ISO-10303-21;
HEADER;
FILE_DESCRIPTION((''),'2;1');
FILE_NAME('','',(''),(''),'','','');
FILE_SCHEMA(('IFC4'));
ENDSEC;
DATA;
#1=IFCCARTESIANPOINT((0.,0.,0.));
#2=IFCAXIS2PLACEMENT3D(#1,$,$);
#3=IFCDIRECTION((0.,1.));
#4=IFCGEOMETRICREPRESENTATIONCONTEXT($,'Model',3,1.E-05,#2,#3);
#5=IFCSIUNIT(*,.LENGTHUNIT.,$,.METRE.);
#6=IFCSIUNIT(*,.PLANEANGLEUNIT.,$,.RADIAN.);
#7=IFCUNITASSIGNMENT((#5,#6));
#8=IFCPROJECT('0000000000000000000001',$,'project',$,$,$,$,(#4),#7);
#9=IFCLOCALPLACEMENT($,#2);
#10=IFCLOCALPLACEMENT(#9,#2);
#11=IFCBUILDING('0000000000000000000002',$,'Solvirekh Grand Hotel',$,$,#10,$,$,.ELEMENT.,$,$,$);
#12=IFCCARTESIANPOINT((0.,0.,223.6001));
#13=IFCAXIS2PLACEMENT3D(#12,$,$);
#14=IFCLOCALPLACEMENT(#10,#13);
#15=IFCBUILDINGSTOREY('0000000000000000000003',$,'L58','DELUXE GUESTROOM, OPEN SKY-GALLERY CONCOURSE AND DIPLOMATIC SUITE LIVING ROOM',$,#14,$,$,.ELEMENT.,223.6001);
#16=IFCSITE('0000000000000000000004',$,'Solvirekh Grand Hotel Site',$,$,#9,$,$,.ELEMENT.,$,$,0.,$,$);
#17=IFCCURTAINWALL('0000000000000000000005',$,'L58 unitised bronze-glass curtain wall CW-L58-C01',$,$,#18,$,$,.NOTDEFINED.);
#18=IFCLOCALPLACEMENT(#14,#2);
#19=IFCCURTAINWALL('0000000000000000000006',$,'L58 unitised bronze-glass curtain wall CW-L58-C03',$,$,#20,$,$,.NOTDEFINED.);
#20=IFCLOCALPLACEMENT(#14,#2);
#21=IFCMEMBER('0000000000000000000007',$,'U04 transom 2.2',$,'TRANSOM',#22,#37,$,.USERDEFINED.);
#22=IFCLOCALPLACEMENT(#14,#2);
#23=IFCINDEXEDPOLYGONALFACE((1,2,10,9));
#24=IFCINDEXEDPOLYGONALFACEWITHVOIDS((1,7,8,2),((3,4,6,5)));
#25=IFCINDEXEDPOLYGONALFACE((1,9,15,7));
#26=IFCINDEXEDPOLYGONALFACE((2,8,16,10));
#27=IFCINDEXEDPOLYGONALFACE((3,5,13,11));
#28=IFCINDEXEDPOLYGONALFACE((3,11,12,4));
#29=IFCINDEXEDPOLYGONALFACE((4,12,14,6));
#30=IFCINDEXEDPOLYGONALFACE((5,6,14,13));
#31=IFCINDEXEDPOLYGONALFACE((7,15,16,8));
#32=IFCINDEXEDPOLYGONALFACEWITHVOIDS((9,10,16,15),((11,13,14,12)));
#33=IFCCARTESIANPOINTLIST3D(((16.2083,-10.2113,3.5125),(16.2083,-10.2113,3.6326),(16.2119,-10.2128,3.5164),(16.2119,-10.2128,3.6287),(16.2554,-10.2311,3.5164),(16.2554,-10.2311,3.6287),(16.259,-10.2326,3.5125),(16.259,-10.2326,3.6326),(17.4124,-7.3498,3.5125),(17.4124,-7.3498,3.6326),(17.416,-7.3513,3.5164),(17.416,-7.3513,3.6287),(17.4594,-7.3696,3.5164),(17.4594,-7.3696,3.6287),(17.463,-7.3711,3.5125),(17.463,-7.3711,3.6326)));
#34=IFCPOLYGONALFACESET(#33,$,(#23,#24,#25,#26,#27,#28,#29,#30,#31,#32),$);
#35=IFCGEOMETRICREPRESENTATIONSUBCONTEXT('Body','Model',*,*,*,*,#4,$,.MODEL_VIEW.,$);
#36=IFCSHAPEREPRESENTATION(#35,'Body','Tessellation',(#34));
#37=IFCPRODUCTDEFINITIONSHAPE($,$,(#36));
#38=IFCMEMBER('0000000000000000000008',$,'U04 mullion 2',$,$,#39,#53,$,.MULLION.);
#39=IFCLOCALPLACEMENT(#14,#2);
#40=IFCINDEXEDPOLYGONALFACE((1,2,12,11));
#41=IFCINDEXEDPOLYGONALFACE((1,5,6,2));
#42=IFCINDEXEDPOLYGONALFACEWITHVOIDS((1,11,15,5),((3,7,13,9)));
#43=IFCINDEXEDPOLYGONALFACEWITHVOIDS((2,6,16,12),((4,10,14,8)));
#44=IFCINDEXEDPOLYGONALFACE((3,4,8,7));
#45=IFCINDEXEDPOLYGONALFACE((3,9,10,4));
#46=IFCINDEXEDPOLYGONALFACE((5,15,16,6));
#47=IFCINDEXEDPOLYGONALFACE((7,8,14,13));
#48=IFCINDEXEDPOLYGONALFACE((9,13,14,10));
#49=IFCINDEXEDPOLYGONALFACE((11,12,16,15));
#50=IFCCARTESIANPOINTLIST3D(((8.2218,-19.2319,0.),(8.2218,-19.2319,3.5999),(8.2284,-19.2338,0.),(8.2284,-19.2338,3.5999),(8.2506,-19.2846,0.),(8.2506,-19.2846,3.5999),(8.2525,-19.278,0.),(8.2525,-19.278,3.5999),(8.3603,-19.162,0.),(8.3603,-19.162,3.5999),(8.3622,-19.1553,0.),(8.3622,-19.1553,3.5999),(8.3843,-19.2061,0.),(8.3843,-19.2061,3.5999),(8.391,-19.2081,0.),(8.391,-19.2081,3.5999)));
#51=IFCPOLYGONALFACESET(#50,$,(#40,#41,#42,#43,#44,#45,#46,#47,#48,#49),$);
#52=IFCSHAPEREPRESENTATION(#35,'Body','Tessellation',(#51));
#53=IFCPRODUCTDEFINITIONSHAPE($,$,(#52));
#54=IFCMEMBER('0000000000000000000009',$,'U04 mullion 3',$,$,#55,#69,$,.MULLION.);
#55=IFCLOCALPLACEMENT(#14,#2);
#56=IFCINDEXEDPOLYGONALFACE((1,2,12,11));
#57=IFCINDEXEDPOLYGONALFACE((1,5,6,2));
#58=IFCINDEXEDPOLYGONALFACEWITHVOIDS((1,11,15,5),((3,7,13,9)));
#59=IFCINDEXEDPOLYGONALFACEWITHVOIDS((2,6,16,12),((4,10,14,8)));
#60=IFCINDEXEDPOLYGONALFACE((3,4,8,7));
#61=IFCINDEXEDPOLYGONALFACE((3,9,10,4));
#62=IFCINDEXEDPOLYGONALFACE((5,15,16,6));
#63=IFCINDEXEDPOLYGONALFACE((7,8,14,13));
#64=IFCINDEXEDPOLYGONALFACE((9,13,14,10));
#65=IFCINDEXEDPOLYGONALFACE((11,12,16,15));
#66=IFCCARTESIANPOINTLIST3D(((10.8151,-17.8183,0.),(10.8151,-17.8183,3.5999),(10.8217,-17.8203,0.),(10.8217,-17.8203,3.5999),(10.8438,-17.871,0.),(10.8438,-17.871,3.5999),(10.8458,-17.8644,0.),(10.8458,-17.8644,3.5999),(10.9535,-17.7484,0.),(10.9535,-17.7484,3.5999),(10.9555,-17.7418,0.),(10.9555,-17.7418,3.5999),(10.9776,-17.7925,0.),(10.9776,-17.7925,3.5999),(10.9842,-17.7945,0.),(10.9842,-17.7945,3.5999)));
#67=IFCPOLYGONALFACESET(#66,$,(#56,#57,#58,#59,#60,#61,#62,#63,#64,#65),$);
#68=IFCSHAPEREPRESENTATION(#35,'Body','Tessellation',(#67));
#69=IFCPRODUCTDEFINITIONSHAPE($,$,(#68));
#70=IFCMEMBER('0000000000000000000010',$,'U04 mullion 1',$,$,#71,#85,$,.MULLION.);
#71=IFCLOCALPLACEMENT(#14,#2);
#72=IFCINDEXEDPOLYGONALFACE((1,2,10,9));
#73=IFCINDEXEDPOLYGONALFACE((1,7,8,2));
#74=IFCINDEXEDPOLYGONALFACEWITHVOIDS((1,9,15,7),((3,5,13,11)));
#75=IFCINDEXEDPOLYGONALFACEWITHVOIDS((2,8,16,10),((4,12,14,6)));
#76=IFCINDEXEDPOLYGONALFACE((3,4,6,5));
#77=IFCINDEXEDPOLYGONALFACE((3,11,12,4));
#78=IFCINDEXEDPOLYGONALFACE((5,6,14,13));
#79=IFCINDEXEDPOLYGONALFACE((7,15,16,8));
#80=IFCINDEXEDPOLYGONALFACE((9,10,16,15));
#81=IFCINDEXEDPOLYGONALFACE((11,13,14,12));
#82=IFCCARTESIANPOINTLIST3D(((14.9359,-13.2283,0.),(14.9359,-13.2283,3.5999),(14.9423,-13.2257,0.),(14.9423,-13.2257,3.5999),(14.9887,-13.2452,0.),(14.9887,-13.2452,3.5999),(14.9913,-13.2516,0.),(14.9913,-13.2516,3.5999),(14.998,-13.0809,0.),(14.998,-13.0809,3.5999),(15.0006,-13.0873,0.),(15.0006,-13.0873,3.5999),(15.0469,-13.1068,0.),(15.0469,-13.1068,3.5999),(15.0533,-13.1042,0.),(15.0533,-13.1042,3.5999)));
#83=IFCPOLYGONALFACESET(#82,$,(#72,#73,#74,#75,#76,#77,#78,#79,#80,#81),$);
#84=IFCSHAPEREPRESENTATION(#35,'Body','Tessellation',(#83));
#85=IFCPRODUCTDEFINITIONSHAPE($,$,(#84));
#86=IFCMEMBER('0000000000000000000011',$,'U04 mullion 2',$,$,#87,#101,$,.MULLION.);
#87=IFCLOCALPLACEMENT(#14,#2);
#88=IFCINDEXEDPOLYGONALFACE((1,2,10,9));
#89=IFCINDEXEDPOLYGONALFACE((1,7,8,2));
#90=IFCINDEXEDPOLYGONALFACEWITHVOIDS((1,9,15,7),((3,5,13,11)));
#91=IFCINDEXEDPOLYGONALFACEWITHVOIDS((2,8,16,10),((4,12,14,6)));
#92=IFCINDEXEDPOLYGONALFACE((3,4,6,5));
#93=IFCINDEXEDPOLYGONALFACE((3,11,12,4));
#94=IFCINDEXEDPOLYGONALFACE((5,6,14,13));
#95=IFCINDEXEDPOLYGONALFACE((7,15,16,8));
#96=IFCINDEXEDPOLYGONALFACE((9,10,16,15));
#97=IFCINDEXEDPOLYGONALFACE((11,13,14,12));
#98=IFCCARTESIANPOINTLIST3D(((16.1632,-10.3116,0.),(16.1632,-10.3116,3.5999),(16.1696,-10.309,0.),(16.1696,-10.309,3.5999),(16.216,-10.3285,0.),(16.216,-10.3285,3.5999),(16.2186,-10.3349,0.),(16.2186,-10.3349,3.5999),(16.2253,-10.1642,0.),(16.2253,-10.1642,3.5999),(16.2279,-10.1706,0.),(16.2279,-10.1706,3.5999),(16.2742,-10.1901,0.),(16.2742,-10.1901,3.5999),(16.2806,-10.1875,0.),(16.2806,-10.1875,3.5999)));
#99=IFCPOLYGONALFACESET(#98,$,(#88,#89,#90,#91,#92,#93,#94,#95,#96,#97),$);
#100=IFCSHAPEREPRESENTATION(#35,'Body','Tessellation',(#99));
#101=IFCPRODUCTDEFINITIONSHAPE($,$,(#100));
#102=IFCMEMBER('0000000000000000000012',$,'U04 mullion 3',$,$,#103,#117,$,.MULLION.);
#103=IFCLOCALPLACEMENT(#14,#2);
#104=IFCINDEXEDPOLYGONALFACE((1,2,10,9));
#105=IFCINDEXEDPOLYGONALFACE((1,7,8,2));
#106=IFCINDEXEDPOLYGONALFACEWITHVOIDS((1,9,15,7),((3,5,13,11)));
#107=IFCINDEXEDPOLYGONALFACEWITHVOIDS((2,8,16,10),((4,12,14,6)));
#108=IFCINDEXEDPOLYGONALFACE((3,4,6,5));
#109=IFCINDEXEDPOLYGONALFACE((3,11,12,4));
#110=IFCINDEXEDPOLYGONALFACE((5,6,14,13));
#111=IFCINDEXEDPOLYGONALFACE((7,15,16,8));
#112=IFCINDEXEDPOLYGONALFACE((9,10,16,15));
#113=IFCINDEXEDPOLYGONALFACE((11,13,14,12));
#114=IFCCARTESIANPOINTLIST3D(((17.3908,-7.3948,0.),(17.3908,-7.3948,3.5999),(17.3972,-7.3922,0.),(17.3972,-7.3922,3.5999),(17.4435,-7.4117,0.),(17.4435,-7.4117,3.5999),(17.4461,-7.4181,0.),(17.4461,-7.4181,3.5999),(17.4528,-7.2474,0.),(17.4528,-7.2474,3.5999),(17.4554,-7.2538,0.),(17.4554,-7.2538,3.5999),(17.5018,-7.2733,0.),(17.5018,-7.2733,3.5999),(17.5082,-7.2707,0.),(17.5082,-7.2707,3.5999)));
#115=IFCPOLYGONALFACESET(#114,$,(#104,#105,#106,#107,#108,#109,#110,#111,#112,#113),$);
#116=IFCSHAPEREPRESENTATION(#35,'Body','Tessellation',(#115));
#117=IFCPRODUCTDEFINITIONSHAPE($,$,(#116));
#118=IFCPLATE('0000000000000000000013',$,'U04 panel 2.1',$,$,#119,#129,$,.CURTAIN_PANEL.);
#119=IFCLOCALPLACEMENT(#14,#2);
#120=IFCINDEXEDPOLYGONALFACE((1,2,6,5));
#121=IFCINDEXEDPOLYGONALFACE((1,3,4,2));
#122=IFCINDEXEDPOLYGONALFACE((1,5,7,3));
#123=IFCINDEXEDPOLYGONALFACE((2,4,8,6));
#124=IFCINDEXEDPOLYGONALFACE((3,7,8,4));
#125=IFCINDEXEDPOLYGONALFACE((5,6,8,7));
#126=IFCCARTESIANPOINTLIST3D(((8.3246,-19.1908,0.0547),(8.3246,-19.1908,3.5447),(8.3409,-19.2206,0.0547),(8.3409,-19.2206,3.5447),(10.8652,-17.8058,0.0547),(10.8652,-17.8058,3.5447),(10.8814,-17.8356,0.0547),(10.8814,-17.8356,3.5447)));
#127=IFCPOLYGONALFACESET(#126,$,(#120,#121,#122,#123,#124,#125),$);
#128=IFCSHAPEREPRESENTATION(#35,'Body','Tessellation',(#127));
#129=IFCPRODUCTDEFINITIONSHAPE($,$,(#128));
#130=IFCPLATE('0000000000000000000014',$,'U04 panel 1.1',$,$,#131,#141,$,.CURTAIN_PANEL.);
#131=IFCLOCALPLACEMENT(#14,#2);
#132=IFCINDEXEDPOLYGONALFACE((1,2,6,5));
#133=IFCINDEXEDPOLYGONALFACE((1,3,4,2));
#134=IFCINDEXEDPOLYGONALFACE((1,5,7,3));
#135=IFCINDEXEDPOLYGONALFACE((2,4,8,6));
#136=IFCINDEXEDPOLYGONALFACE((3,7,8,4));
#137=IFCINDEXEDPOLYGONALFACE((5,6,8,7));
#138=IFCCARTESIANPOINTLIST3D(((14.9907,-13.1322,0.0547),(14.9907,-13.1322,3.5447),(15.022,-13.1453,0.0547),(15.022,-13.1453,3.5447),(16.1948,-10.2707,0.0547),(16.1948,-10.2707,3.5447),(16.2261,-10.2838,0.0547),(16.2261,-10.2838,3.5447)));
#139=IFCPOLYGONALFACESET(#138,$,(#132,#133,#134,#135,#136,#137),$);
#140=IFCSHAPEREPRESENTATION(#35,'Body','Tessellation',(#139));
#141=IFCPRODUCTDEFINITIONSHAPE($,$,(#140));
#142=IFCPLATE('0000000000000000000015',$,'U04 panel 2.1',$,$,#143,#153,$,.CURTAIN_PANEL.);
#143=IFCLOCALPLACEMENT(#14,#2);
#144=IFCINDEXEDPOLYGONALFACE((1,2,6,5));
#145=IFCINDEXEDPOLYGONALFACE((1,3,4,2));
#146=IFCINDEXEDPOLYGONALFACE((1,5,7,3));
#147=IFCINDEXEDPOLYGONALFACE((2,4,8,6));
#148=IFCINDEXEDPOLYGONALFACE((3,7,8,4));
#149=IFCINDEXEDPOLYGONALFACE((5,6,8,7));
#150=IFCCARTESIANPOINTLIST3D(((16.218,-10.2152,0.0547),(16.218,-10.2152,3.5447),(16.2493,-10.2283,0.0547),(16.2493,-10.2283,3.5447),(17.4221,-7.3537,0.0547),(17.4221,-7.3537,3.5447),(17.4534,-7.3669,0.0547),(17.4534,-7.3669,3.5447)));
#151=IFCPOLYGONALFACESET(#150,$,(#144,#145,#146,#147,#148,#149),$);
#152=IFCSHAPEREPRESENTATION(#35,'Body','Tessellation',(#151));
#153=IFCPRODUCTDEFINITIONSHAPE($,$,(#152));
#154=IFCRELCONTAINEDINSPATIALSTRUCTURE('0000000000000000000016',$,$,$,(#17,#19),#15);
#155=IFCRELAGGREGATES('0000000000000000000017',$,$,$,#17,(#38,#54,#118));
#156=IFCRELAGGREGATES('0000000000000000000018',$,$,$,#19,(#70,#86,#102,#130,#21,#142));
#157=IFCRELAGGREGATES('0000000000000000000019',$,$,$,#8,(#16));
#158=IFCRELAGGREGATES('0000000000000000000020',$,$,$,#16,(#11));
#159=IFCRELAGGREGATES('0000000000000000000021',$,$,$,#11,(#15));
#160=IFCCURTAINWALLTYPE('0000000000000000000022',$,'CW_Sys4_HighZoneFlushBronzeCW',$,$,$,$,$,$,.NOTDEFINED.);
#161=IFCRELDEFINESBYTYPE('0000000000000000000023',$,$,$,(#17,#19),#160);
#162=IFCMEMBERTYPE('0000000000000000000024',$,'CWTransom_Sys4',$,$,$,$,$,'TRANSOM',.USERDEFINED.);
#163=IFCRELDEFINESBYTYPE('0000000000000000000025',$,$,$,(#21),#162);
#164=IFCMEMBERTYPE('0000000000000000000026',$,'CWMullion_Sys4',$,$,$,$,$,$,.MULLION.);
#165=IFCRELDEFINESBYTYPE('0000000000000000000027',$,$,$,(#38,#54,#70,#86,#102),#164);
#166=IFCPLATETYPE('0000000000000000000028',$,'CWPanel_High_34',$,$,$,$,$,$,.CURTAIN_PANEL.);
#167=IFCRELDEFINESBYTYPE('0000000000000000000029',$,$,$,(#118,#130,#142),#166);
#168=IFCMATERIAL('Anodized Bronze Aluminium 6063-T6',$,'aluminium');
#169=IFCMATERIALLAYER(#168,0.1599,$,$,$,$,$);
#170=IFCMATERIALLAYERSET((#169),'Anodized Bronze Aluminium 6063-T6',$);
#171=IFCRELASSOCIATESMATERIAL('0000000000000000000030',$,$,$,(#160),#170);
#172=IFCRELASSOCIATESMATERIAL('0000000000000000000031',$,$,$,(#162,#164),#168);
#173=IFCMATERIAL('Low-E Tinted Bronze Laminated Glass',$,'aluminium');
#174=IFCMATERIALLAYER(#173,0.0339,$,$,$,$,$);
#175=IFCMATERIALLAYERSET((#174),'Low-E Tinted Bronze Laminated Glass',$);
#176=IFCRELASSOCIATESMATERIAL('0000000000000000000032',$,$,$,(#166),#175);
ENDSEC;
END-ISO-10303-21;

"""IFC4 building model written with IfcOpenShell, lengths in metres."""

from ifc_helpers import new_model, si_unit, direction, frame, origin, origin_2d, place, context, subcontext, project, spatial, rectangle, hollow_rectangle, extrude, source, transform, mapped, material, layer, layer_set, material_profile, profile_set, type_object, element, aggregate, save


model = new_model("IFC4")

# Units and contexts
model_context = context("Model", 3, precision=1e-05, world=origin(), true_north=direction((0.0, 1.0)))
body_context = subcontext(model_context, "Body", "Model", "MODEL_VIEW")
ifc_project = project(units=[si_unit("LENGTHUNIT", "METRE"), si_unit("PLANEANGLEUNIT", "RADIAN")], contexts=[model_context])

# Site, building, storey
site_placement = place(None, origin())
site = spatial("IfcSite", under=ifc_project, at=site_placement, Name="Solvirekh Grand Hotel Site", CompositionType="ELEMENT", RefElevation=0.0)
building_placement = place(site_placement, origin())
building = spatial("IfcBuilding", under=site, at=building_placement, Name="Solvirekh Grand Hotel", CompositionType="ELEMENT")
storey_placement = place(building_placement, frame((0.0, 0.0, 223.6001)))
storey = spatial("IfcBuildingStorey", under=building, at=storey_placement, Name="L58", Description="DELUXE GUESTROOM, OPEN SKY-GALLERY CONCOURSE AND DIPLOMATIC SUITE LIVING ROOM", CompositionType="ELEMENT", Elevation=223.6001)

# Curtain walls, member
ifc_material_1 = material(Name="Anodized Bronze Aluminium 6063-T6", Category="aluminium")
ifc_layer_1 = layer(ifc_material_1, 0.1599)
ifc_layer_set_1 = layer_set([ifc_layer_1], Name="Anodized Bronze Aluminium 6063-T6")
curtain_wall_type = type_object("IfcCurtainWallType", Name="CW_Sys4_HighZoneFlushBronzeCW", PredefinedType="NOTDEFINED", material=ifc_layer_set_1)
curtain_wall_1_placement = place(storey_placement, origin())
curtain_wall_1 = element("IfcCurtainWall", 1, at=curtain_wall_1_placement, inside=storey, type_object=curtain_wall_type, Name="L58 unitised bronze-glass curtain wall CW-L58-C01", PredefinedType="NOTDEFINED")
ifc_material_profile_1 = material_profile(ifc_material_1, hollow_rectangle(XDim=0.0549, YDim=0.1201, WallThickness=0.0039, at=origin_2d()), Name="ALU RHS 120X55X4")
ifc_profile_set_1 = profile_set([ifc_material_profile_1], Name="Anodized Bronze Aluminium 6063-T6")
member_type_1 = type_object("IfcMemberType", Name="CWTransom_Sys4", ElementType="TRANSOM", PredefinedType="USERDEFINED", material=ifc_profile_set_1)
curtain_wall_2_placement = place(storey_placement, origin())
curtain_wall_2 = element("IfcCurtainWall", 2, at=curtain_wall_2_placement, inside=storey, type_object=curtain_wall_type, Name="L58 unitised bronze-glass curtain wall CW-L58-C03", PredefinedType="NOTDEFINED")
shared_shape_1 = source(origin(), body_context, "Body", "SweptSolid", [
    extrude(hollow_rectangle(XDim=0.0549, YDim=0.1201, WallThickness=0.0039, at=origin_2d()), origin(), (0.0, 0.0, 1.0), 3.1045),
])
member_1_placement = place(storey_placement, frame((16.2336, -10.2219, 3.5725), z_axis=(0.387846, 0.921724, 0.0), x_axis=(-0.921724, 0.387846, 0.0)))
member_1 = element("IfcMember", 3, at=member_1_placement, type_object=member_type_1, Name="U04 transom 2.2", ObjectType="TRANSOM", PredefinedType="USERDEFINED", context=body_context, shape_type="MappedRepresentation", body=[
    mapped(shared_shape_1, transform((0.0, 0.0, 0.0), x_axis=(1.0, 0.0, 0.0), y_axis=(0.0, 1.0, 0.0), z_axis=(0.0, 0.0, 1.0), scale=1.0)),
])

# Members
ifc_material_profile_2 = material_profile(ifc_material_1, hollow_rectangle(XDim=0.0601, YDim=0.1599, WallThickness=0.0049, at=origin_2d()), Name="ALU RHS 160X60X5")
ifc_profile_set_2 = profile_set([ifc_material_profile_2], Name="Anodized Bronze Aluminium 6063-T6")
member_type_2 = type_object("IfcMemberType", Name="CWMullion_Sys4", PredefinedType="MULLION", material=ifc_profile_set_2)
shared_shape_2 = source(origin(), body_context, "Body", "SweptSolid", [
    extrude(hollow_rectangle(XDim=0.0601, YDim=0.1599, WallThickness=0.0049, at=origin_2d()), origin(), (0.0, 0.0, 1.0), 3.5999),
])
member_2_placement = place(storey_placement, frame((8.3064, -19.22, 0.0), z_axis=(0.0, 0.0, 1.0), x_axis=(-0.478641, 0.878011, 0.0)))
member_2 = element("IfcMember", 4, at=member_2_placement, type_object=member_type_2, Name="U04 mullion 2", PredefinedType="MULLION", context=body_context, shape_type="MappedRepresentation", body=[
    mapped(shared_shape_2, transform((0.0, 0.0, 0.0), x_axis=(1.0, 0.0, 0.0), y_axis=(0.0, 1.0, 0.0), z_axis=(0.0, 0.0, 1.0), scale=1.0)),
])
member_3_placement = place(storey_placement, frame((10.8997, -17.8064, 0.0), z_axis=(0.0, 0.0, 1.0), x_axis=(-0.478641, 0.878011, 0.0)))
member_3 = element("IfcMember", 5, at=member_3_placement, type_object=member_type_2, Name="U04 mullion 3", PredefinedType="MULLION", context=body_context, shape_type="MappedRepresentation", body=[
    mapped(shared_shape_2, transform((0.0, 0.0, 0.0), x_axis=(1.0, 0.0, 0.0), y_axis=(0.0, 1.0, 0.0), z_axis=(0.0, 0.0, 1.0), scale=1.0)),
])
member_4_placement = place(storey_placement, frame((14.9946, -13.1663, 0.0), z_axis=(0.0, 0.0, 1.0), x_axis=(-0.921724, 0.387847, 0.0)))
member_4 = element("IfcMember", 6, at=member_4_placement, type_object=member_type_2, Name="U04 mullion 1", PredefinedType="MULLION", context=body_context, shape_type="MappedRepresentation", body=[
    mapped(shared_shape_2, transform((0.0, 0.0, 0.0), x_axis=(1.0, 0.0, 0.0), y_axis=(0.0, 1.0, 0.0), z_axis=(0.0, 0.0, 1.0), scale=1.0)),
])
member_5_placement = place(storey_placement, frame((16.2219, -10.2495, 0.0), z_axis=(0.0, 0.0, 1.0), x_axis=(-0.921724, 0.387847, 0.0)))
member_5 = element("IfcMember", 7, at=member_5_placement, type_object=member_type_2, Name="U04 mullion 2", PredefinedType="MULLION", context=body_context, shape_type="MappedRepresentation", body=[
    mapped(shared_shape_2, transform((0.0, 0.0, 0.0), x_axis=(1.0, 0.0, 0.0), y_axis=(0.0, 1.0, 0.0), z_axis=(0.0, 0.0, 1.0), scale=1.0)),
])
member_6_placement = place(storey_placement, frame((17.4495, -7.3328, 0.0), z_axis=(0.0, 0.0, 1.0), x_axis=(-0.921724, 0.387847, 0.0)))
member_6 = element("IfcMember", 8, at=member_6_placement, type_object=member_type_2, Name="U04 mullion 3", PredefinedType="MULLION", context=body_context, shape_type="MappedRepresentation", body=[
    mapped(shared_shape_2, transform((0.0, 0.0, 0.0), x_axis=(1.0, 0.0, 0.0), y_axis=(0.0, 1.0, 0.0), z_axis=(0.0, 0.0, 1.0), scale=1.0)),
])

# Plates
ifc_material_2 = material(Name="Low-E Tinted Bronze Laminated Glass", Category="aluminium")
ifc_layer_2 = layer(ifc_material_2, 0.0339)
ifc_layer_set_2 = layer_set([ifc_layer_2], Name="Low-E Tinted Bronze Laminated Glass")
plate_type = type_object("IfcPlateType", Name="CWPanel_High_34", PredefinedType="CURTAIN_PANEL", material=ifc_layer_set_2)
shared_shape_3 = source(origin(), body_context, "Body", "SweptSolid", [
    extrude(rectangle(XDim=2.8936, YDim=0.0339, at=origin_2d()), origin(), (0.0, 0.0, 1.0), 3.49),
])
plate_1_placement = place(storey_placement, frame((9.603, -18.5132, 0.0547), z_axis=(0.0, 0.0, 1.0), x_axis=(0.878011, 0.478641, 0.0)))
plate_1 = element("IfcPlate", 9, at=plate_1_placement, type_object=plate_type, Name="U04 panel 2.1", PredefinedType="CURTAIN_PANEL", context=body_context, shape_type="MappedRepresentation", body=[
    mapped(shared_shape_3, transform((0.0, 0.0, 0.0), x_axis=(1.0, 0.0, 0.0), y_axis=(0.0, 1.0, 0.0), z_axis=(0.0, 0.0, 1.0), scale=1.0)),
])
aggregate(curtain_wall_1, [member_2, member_3, plate_1])
shared_shape_4 = source(origin(), body_context, "Body", "SweptSolid", [
    extrude(rectangle(XDim=3.1045, YDim=0.0339, at=origin_2d()), origin(), (0.0, 0.0, 1.0), 3.49),
])
plate_2_placement = place(storey_placement, frame((15.6084, -11.708, 0.0547), z_axis=(0.0, 0.0, 1.0), x_axis=(0.387847, 0.921724, 0.0)))
plate_2 = element("IfcPlate", 10, at=plate_2_placement, type_object=plate_type, Name="U04 panel 1.1", PredefinedType="CURTAIN_PANEL", context=body_context, shape_type="MappedRepresentation", body=[
    mapped(shared_shape_4, transform((0.0, 0.0, 0.0), x_axis=(1.0, 0.0, 0.0), y_axis=(0.0, 1.0, 0.0), z_axis=(0.0, 0.0, 1.0), scale=1.0)),
])
plate_3_placement = place(storey_placement, frame((16.8357, -8.791, 0.0547), z_axis=(0.0, 0.0, 1.0), x_axis=(0.387847, 0.921724, 0.0)))
plate_3 = element("IfcPlate", 11, at=plate_3_placement, type_object=plate_type, Name="U04 panel 2.1", PredefinedType="CURTAIN_PANEL", context=body_context, shape_type="MappedRepresentation", body=[
    mapped(shared_shape_4, transform((0.0, 0.0, 0.0), x_axis=(1.0, 0.0, 0.0), y_axis=(0.0, 1.0, 0.0), z_axis=(0.0, 0.0, 1.0), scale=1.0)),
])
aggregate(curtain_wall_2, [member_4, member_5, member_6, plate_2, member_1, plate_3])

save(model, "model.ifc")
